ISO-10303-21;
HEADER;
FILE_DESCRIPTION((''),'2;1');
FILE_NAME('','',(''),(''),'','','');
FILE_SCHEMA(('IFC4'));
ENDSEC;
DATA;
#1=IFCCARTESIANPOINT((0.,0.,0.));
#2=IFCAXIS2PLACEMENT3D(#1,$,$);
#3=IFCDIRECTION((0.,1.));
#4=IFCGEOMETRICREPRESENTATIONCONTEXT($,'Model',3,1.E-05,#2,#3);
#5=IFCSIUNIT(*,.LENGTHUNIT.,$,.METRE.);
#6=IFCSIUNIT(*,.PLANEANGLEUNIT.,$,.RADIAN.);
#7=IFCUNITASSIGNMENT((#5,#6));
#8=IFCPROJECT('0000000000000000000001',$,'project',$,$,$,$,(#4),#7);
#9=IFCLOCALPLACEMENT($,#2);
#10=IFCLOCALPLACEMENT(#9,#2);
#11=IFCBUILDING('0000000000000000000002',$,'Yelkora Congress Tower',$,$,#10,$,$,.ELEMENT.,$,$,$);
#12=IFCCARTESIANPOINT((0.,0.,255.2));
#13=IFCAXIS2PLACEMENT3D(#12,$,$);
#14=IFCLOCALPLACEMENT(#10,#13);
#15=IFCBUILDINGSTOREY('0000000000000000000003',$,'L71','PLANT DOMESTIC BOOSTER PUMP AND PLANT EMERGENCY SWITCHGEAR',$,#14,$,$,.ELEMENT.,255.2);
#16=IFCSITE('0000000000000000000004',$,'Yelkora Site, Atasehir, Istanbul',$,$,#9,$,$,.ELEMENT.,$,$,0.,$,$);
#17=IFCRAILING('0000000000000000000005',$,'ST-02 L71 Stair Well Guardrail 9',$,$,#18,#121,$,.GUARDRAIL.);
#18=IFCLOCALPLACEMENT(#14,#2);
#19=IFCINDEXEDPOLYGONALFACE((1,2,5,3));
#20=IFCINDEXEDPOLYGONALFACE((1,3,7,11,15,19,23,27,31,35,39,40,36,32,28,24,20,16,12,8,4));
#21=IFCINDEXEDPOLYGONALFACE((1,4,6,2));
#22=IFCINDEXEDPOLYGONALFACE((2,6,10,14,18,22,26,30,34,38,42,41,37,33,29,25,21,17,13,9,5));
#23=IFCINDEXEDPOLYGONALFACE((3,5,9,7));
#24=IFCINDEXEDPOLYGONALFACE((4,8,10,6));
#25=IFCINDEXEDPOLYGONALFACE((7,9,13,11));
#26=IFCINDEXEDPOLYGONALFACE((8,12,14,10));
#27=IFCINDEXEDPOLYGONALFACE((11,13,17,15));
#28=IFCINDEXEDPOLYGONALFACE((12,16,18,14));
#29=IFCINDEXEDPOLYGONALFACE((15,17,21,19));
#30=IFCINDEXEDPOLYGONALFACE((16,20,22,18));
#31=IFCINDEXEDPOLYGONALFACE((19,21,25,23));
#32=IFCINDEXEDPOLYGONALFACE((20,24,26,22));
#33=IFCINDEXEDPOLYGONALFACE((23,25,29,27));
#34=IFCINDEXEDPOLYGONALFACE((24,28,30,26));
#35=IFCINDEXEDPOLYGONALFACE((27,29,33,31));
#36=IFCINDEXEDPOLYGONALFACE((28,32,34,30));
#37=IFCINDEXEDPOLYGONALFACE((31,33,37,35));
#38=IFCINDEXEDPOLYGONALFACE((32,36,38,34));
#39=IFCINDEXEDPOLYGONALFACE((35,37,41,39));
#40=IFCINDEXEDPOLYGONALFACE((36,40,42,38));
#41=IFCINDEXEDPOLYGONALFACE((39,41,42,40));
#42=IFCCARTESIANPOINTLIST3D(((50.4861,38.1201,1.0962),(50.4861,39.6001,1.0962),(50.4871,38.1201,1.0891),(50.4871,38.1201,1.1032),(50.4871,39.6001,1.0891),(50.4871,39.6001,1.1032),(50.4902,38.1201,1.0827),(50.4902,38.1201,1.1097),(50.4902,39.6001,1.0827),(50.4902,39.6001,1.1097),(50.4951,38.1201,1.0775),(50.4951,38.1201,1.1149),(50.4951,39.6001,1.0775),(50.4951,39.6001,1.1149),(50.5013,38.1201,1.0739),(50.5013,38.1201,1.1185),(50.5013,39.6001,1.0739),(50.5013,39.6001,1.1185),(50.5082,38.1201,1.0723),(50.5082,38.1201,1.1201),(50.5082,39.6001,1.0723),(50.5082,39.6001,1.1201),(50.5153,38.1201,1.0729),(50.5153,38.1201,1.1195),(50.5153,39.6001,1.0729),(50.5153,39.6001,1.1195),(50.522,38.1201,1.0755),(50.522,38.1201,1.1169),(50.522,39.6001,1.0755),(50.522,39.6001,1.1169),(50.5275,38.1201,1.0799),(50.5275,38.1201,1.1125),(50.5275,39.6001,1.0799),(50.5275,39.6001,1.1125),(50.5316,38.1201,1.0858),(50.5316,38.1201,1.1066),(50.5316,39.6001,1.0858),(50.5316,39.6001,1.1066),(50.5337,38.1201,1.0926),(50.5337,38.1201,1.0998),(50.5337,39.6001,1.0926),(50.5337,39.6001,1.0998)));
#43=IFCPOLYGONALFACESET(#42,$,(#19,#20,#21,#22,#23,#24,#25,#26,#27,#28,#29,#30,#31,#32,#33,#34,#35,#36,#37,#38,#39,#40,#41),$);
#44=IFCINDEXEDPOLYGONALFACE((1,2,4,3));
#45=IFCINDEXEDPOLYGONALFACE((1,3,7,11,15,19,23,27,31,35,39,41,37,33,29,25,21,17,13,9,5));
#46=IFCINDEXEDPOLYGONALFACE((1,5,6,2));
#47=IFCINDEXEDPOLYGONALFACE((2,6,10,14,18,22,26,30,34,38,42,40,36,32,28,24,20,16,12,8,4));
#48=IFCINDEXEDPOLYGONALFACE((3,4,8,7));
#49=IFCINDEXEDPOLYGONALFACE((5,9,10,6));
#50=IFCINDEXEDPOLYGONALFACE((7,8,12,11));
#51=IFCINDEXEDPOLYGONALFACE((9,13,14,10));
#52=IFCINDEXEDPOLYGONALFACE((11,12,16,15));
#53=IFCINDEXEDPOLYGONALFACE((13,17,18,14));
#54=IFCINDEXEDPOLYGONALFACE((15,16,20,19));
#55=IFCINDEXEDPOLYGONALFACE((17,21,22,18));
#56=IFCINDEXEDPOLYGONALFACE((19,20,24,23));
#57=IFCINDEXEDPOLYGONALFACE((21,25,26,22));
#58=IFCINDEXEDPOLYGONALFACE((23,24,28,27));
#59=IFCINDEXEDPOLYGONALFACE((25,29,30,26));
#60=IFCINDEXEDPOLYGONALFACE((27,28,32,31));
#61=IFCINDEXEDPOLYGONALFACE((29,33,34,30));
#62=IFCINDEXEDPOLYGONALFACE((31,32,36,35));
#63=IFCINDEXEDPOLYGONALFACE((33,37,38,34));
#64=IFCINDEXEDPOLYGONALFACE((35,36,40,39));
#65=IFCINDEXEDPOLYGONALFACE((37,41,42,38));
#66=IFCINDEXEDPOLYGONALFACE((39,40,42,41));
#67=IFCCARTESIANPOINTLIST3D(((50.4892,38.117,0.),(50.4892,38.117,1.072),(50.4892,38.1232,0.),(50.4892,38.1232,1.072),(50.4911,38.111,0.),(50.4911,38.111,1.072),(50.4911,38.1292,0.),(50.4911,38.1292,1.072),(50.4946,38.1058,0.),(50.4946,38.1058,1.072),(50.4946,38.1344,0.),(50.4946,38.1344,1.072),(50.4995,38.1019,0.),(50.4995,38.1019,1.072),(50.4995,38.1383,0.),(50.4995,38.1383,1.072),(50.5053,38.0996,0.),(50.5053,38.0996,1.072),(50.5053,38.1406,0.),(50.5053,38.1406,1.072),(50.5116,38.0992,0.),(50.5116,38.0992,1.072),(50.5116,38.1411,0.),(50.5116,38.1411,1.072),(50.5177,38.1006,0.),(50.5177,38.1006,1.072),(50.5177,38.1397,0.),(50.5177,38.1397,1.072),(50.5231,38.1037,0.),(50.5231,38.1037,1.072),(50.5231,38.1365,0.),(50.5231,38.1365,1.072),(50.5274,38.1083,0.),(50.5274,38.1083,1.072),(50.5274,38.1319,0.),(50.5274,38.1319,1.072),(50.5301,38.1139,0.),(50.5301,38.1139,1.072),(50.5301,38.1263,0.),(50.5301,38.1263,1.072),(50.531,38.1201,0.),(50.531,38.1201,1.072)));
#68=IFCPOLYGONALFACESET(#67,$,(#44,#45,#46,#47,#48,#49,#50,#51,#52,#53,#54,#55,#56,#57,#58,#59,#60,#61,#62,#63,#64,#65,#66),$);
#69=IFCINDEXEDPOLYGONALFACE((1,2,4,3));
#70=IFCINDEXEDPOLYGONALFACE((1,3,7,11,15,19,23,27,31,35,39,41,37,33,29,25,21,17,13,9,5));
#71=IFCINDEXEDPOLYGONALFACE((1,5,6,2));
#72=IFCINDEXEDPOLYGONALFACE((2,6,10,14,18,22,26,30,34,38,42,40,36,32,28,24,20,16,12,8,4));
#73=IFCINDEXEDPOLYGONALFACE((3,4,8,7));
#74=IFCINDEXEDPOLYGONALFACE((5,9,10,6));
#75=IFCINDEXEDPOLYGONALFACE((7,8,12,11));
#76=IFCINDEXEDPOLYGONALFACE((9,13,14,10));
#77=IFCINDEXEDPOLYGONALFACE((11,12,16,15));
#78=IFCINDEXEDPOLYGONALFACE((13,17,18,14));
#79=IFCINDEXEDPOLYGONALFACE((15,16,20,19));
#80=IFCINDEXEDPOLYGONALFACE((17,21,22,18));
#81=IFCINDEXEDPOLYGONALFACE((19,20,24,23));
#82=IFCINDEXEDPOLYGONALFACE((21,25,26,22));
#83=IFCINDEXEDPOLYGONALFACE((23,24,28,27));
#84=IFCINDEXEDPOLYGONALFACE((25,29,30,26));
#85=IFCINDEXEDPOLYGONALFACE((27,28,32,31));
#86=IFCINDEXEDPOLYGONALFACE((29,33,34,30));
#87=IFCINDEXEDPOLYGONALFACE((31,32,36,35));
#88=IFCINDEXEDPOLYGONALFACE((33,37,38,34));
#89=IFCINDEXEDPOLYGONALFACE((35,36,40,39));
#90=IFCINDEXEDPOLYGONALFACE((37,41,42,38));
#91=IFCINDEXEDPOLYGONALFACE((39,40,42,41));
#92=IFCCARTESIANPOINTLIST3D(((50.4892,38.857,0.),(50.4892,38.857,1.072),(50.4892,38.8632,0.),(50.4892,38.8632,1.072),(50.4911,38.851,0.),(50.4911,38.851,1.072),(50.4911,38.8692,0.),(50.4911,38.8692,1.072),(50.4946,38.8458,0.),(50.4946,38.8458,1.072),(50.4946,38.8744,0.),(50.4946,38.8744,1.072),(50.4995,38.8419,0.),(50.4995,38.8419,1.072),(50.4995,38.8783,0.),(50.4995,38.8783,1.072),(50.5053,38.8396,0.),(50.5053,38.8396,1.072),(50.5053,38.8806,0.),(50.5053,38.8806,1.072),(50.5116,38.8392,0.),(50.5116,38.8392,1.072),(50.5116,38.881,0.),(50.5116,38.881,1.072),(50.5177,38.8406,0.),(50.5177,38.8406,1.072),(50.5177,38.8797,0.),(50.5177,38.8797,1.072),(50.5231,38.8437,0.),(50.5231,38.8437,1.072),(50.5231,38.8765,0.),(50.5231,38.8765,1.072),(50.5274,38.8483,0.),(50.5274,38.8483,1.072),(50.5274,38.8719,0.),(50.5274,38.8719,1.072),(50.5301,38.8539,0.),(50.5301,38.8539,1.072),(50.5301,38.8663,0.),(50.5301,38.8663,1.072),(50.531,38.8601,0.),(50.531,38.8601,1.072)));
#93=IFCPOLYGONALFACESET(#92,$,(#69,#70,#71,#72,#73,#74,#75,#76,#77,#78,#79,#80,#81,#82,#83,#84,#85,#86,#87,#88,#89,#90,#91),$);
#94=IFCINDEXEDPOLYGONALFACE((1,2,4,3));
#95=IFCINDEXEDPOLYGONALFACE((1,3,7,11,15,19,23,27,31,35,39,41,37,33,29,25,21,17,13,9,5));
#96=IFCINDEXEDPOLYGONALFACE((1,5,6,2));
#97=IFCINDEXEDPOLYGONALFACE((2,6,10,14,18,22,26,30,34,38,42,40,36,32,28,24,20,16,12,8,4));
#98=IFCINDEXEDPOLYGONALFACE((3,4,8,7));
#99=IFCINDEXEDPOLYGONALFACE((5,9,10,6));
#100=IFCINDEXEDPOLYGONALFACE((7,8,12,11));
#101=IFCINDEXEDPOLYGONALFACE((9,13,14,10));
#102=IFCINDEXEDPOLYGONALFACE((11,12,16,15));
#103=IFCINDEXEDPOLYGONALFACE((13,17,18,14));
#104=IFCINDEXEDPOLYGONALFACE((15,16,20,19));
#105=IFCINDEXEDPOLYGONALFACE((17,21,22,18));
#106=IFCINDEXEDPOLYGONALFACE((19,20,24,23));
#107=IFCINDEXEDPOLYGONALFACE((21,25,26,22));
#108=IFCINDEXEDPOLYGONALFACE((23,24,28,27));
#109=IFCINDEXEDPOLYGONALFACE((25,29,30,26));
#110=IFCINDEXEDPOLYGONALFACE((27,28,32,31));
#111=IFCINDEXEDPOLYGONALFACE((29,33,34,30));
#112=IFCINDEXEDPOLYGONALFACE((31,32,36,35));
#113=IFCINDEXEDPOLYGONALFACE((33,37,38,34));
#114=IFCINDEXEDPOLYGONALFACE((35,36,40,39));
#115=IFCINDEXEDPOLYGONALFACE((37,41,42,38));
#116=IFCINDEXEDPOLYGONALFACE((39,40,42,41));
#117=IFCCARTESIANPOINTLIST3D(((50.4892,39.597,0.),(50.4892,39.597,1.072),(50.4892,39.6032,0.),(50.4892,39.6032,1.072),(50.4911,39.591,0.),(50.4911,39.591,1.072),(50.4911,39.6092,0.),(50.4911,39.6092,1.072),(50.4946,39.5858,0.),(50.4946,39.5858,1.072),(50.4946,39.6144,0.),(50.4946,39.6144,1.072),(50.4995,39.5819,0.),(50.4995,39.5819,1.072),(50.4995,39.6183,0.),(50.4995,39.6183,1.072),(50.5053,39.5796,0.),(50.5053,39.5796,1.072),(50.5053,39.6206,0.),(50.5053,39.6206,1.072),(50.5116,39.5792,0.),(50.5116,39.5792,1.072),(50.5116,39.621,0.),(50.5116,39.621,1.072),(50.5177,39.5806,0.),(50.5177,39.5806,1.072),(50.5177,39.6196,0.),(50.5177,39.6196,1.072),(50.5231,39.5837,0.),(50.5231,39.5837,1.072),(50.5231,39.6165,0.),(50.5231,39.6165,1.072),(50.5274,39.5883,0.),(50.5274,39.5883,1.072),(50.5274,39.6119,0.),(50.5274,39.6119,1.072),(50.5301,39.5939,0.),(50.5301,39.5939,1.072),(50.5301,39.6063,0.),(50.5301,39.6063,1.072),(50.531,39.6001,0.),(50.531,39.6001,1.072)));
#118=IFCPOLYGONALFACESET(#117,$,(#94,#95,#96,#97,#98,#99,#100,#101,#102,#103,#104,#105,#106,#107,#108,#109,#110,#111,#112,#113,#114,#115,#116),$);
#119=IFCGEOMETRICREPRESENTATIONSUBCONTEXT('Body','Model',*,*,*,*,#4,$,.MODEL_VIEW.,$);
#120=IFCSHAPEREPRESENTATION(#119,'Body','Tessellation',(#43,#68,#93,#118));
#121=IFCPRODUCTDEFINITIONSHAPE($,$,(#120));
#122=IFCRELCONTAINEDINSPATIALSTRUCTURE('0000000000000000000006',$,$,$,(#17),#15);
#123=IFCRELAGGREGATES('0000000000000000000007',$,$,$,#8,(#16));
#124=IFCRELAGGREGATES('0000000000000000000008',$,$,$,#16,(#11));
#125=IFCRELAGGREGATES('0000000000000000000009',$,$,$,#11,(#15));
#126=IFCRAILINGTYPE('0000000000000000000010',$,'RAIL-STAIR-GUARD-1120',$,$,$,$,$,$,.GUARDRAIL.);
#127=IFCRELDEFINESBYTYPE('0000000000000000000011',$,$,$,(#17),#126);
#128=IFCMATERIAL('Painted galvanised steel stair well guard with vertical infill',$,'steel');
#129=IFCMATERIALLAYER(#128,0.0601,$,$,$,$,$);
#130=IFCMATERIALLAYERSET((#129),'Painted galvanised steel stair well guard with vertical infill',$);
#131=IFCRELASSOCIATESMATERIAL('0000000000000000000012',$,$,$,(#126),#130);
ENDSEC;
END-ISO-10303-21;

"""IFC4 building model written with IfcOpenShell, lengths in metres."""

from ifc_helpers import new_model, si_unit, direction, frame, origin, origin_2d, place, context, subcontext, project, spatial, circle, extrude, material, layer, layer_set, type_object, element, save


model = new_model("IFC4")

# Units and contexts
model_context = context("Model", 3, precision=1e-05, world=origin(), true_north=direction((0.0, 1.0)))
body_context = subcontext(model_context, "Body", "Model", "MODEL_VIEW")
ifc_project = project(units=[si_unit("LENGTHUNIT", "METRE"), si_unit("PLANEANGLEUNIT", "RADIAN")], contexts=[model_context])

# Site, building, storey
site_placement = place(None, origin())
site = spatial("IfcSite", under=ifc_project, at=site_placement, Name="Yelkora Site, Atasehir, Istanbul", CompositionType="ELEMENT", RefElevation=0.0)
building_placement = place(site_placement, origin())
building = spatial("IfcBuilding", under=site, at=building_placement, Name="Yelkora Congress Tower", CompositionType="ELEMENT")
storey_placement = place(building_placement, frame((0.0, 0.0, 255.2)))
storey = spatial("IfcBuildingStorey", under=building, at=storey_placement, Name="L71", Description="PLANT DOMESTIC BOOSTER PUMP AND PLANT EMERGENCY SWITCHGEAR", CompositionType="ELEMENT", Elevation=255.2)

# Railing
ifc_material_1 = material(Name="Painted galvanised steel stair well guard with vertical infill", Category="steel")
ifc_layer_1 = layer(ifc_material_1, 0.0601)
ifc_layer_set_1 = layer_set([ifc_layer_1], Name="Painted galvanised steel stair well guard with vertical infill")
railing_type_1 = type_object("IfcRailingType", Name="RAIL-STAIR-GUARD-1120", PredefinedType="GUARDRAIL", material=ifc_layer_set_1)
railing_1_placement = place(storey_placement, frame((50.51, 38.1201, 0.0)))
element("IfcRailing", 1, at=railing_1_placement, inside=storey, type_object=railing_type_1, Name="ST-02 L71 Stair Well Guardrail 9", PredefinedType="GUARDRAIL", context=body_context, shape_type="SweptSolid", body=[
    extrude(circle(Radius=0.0239, at=origin_2d()), frame((0.0, 0.0, 1.0962), z_axis=(0.0, 1.0, 0.0), x_axis=(-1.0, 0.0, 0.0)), (0.0, 0.0, 1.0), 1.48),
    extrude(circle(Radius=0.021, at=origin_2d()), origin(), (0.0, 0.0, 1.0), 1.072),
    extrude(circle(Radius=0.021, at=origin_2d()), frame((0.0, 0.74, 0.0)), (0.0, 0.0, 1.0), 1.072),
    extrude(circle(Radius=0.021, at=origin_2d()), frame((0.0, 1.48, 0.0)), (0.0, 0.0, 1.0), 1.072),
])

save(model, "model.ifc")
